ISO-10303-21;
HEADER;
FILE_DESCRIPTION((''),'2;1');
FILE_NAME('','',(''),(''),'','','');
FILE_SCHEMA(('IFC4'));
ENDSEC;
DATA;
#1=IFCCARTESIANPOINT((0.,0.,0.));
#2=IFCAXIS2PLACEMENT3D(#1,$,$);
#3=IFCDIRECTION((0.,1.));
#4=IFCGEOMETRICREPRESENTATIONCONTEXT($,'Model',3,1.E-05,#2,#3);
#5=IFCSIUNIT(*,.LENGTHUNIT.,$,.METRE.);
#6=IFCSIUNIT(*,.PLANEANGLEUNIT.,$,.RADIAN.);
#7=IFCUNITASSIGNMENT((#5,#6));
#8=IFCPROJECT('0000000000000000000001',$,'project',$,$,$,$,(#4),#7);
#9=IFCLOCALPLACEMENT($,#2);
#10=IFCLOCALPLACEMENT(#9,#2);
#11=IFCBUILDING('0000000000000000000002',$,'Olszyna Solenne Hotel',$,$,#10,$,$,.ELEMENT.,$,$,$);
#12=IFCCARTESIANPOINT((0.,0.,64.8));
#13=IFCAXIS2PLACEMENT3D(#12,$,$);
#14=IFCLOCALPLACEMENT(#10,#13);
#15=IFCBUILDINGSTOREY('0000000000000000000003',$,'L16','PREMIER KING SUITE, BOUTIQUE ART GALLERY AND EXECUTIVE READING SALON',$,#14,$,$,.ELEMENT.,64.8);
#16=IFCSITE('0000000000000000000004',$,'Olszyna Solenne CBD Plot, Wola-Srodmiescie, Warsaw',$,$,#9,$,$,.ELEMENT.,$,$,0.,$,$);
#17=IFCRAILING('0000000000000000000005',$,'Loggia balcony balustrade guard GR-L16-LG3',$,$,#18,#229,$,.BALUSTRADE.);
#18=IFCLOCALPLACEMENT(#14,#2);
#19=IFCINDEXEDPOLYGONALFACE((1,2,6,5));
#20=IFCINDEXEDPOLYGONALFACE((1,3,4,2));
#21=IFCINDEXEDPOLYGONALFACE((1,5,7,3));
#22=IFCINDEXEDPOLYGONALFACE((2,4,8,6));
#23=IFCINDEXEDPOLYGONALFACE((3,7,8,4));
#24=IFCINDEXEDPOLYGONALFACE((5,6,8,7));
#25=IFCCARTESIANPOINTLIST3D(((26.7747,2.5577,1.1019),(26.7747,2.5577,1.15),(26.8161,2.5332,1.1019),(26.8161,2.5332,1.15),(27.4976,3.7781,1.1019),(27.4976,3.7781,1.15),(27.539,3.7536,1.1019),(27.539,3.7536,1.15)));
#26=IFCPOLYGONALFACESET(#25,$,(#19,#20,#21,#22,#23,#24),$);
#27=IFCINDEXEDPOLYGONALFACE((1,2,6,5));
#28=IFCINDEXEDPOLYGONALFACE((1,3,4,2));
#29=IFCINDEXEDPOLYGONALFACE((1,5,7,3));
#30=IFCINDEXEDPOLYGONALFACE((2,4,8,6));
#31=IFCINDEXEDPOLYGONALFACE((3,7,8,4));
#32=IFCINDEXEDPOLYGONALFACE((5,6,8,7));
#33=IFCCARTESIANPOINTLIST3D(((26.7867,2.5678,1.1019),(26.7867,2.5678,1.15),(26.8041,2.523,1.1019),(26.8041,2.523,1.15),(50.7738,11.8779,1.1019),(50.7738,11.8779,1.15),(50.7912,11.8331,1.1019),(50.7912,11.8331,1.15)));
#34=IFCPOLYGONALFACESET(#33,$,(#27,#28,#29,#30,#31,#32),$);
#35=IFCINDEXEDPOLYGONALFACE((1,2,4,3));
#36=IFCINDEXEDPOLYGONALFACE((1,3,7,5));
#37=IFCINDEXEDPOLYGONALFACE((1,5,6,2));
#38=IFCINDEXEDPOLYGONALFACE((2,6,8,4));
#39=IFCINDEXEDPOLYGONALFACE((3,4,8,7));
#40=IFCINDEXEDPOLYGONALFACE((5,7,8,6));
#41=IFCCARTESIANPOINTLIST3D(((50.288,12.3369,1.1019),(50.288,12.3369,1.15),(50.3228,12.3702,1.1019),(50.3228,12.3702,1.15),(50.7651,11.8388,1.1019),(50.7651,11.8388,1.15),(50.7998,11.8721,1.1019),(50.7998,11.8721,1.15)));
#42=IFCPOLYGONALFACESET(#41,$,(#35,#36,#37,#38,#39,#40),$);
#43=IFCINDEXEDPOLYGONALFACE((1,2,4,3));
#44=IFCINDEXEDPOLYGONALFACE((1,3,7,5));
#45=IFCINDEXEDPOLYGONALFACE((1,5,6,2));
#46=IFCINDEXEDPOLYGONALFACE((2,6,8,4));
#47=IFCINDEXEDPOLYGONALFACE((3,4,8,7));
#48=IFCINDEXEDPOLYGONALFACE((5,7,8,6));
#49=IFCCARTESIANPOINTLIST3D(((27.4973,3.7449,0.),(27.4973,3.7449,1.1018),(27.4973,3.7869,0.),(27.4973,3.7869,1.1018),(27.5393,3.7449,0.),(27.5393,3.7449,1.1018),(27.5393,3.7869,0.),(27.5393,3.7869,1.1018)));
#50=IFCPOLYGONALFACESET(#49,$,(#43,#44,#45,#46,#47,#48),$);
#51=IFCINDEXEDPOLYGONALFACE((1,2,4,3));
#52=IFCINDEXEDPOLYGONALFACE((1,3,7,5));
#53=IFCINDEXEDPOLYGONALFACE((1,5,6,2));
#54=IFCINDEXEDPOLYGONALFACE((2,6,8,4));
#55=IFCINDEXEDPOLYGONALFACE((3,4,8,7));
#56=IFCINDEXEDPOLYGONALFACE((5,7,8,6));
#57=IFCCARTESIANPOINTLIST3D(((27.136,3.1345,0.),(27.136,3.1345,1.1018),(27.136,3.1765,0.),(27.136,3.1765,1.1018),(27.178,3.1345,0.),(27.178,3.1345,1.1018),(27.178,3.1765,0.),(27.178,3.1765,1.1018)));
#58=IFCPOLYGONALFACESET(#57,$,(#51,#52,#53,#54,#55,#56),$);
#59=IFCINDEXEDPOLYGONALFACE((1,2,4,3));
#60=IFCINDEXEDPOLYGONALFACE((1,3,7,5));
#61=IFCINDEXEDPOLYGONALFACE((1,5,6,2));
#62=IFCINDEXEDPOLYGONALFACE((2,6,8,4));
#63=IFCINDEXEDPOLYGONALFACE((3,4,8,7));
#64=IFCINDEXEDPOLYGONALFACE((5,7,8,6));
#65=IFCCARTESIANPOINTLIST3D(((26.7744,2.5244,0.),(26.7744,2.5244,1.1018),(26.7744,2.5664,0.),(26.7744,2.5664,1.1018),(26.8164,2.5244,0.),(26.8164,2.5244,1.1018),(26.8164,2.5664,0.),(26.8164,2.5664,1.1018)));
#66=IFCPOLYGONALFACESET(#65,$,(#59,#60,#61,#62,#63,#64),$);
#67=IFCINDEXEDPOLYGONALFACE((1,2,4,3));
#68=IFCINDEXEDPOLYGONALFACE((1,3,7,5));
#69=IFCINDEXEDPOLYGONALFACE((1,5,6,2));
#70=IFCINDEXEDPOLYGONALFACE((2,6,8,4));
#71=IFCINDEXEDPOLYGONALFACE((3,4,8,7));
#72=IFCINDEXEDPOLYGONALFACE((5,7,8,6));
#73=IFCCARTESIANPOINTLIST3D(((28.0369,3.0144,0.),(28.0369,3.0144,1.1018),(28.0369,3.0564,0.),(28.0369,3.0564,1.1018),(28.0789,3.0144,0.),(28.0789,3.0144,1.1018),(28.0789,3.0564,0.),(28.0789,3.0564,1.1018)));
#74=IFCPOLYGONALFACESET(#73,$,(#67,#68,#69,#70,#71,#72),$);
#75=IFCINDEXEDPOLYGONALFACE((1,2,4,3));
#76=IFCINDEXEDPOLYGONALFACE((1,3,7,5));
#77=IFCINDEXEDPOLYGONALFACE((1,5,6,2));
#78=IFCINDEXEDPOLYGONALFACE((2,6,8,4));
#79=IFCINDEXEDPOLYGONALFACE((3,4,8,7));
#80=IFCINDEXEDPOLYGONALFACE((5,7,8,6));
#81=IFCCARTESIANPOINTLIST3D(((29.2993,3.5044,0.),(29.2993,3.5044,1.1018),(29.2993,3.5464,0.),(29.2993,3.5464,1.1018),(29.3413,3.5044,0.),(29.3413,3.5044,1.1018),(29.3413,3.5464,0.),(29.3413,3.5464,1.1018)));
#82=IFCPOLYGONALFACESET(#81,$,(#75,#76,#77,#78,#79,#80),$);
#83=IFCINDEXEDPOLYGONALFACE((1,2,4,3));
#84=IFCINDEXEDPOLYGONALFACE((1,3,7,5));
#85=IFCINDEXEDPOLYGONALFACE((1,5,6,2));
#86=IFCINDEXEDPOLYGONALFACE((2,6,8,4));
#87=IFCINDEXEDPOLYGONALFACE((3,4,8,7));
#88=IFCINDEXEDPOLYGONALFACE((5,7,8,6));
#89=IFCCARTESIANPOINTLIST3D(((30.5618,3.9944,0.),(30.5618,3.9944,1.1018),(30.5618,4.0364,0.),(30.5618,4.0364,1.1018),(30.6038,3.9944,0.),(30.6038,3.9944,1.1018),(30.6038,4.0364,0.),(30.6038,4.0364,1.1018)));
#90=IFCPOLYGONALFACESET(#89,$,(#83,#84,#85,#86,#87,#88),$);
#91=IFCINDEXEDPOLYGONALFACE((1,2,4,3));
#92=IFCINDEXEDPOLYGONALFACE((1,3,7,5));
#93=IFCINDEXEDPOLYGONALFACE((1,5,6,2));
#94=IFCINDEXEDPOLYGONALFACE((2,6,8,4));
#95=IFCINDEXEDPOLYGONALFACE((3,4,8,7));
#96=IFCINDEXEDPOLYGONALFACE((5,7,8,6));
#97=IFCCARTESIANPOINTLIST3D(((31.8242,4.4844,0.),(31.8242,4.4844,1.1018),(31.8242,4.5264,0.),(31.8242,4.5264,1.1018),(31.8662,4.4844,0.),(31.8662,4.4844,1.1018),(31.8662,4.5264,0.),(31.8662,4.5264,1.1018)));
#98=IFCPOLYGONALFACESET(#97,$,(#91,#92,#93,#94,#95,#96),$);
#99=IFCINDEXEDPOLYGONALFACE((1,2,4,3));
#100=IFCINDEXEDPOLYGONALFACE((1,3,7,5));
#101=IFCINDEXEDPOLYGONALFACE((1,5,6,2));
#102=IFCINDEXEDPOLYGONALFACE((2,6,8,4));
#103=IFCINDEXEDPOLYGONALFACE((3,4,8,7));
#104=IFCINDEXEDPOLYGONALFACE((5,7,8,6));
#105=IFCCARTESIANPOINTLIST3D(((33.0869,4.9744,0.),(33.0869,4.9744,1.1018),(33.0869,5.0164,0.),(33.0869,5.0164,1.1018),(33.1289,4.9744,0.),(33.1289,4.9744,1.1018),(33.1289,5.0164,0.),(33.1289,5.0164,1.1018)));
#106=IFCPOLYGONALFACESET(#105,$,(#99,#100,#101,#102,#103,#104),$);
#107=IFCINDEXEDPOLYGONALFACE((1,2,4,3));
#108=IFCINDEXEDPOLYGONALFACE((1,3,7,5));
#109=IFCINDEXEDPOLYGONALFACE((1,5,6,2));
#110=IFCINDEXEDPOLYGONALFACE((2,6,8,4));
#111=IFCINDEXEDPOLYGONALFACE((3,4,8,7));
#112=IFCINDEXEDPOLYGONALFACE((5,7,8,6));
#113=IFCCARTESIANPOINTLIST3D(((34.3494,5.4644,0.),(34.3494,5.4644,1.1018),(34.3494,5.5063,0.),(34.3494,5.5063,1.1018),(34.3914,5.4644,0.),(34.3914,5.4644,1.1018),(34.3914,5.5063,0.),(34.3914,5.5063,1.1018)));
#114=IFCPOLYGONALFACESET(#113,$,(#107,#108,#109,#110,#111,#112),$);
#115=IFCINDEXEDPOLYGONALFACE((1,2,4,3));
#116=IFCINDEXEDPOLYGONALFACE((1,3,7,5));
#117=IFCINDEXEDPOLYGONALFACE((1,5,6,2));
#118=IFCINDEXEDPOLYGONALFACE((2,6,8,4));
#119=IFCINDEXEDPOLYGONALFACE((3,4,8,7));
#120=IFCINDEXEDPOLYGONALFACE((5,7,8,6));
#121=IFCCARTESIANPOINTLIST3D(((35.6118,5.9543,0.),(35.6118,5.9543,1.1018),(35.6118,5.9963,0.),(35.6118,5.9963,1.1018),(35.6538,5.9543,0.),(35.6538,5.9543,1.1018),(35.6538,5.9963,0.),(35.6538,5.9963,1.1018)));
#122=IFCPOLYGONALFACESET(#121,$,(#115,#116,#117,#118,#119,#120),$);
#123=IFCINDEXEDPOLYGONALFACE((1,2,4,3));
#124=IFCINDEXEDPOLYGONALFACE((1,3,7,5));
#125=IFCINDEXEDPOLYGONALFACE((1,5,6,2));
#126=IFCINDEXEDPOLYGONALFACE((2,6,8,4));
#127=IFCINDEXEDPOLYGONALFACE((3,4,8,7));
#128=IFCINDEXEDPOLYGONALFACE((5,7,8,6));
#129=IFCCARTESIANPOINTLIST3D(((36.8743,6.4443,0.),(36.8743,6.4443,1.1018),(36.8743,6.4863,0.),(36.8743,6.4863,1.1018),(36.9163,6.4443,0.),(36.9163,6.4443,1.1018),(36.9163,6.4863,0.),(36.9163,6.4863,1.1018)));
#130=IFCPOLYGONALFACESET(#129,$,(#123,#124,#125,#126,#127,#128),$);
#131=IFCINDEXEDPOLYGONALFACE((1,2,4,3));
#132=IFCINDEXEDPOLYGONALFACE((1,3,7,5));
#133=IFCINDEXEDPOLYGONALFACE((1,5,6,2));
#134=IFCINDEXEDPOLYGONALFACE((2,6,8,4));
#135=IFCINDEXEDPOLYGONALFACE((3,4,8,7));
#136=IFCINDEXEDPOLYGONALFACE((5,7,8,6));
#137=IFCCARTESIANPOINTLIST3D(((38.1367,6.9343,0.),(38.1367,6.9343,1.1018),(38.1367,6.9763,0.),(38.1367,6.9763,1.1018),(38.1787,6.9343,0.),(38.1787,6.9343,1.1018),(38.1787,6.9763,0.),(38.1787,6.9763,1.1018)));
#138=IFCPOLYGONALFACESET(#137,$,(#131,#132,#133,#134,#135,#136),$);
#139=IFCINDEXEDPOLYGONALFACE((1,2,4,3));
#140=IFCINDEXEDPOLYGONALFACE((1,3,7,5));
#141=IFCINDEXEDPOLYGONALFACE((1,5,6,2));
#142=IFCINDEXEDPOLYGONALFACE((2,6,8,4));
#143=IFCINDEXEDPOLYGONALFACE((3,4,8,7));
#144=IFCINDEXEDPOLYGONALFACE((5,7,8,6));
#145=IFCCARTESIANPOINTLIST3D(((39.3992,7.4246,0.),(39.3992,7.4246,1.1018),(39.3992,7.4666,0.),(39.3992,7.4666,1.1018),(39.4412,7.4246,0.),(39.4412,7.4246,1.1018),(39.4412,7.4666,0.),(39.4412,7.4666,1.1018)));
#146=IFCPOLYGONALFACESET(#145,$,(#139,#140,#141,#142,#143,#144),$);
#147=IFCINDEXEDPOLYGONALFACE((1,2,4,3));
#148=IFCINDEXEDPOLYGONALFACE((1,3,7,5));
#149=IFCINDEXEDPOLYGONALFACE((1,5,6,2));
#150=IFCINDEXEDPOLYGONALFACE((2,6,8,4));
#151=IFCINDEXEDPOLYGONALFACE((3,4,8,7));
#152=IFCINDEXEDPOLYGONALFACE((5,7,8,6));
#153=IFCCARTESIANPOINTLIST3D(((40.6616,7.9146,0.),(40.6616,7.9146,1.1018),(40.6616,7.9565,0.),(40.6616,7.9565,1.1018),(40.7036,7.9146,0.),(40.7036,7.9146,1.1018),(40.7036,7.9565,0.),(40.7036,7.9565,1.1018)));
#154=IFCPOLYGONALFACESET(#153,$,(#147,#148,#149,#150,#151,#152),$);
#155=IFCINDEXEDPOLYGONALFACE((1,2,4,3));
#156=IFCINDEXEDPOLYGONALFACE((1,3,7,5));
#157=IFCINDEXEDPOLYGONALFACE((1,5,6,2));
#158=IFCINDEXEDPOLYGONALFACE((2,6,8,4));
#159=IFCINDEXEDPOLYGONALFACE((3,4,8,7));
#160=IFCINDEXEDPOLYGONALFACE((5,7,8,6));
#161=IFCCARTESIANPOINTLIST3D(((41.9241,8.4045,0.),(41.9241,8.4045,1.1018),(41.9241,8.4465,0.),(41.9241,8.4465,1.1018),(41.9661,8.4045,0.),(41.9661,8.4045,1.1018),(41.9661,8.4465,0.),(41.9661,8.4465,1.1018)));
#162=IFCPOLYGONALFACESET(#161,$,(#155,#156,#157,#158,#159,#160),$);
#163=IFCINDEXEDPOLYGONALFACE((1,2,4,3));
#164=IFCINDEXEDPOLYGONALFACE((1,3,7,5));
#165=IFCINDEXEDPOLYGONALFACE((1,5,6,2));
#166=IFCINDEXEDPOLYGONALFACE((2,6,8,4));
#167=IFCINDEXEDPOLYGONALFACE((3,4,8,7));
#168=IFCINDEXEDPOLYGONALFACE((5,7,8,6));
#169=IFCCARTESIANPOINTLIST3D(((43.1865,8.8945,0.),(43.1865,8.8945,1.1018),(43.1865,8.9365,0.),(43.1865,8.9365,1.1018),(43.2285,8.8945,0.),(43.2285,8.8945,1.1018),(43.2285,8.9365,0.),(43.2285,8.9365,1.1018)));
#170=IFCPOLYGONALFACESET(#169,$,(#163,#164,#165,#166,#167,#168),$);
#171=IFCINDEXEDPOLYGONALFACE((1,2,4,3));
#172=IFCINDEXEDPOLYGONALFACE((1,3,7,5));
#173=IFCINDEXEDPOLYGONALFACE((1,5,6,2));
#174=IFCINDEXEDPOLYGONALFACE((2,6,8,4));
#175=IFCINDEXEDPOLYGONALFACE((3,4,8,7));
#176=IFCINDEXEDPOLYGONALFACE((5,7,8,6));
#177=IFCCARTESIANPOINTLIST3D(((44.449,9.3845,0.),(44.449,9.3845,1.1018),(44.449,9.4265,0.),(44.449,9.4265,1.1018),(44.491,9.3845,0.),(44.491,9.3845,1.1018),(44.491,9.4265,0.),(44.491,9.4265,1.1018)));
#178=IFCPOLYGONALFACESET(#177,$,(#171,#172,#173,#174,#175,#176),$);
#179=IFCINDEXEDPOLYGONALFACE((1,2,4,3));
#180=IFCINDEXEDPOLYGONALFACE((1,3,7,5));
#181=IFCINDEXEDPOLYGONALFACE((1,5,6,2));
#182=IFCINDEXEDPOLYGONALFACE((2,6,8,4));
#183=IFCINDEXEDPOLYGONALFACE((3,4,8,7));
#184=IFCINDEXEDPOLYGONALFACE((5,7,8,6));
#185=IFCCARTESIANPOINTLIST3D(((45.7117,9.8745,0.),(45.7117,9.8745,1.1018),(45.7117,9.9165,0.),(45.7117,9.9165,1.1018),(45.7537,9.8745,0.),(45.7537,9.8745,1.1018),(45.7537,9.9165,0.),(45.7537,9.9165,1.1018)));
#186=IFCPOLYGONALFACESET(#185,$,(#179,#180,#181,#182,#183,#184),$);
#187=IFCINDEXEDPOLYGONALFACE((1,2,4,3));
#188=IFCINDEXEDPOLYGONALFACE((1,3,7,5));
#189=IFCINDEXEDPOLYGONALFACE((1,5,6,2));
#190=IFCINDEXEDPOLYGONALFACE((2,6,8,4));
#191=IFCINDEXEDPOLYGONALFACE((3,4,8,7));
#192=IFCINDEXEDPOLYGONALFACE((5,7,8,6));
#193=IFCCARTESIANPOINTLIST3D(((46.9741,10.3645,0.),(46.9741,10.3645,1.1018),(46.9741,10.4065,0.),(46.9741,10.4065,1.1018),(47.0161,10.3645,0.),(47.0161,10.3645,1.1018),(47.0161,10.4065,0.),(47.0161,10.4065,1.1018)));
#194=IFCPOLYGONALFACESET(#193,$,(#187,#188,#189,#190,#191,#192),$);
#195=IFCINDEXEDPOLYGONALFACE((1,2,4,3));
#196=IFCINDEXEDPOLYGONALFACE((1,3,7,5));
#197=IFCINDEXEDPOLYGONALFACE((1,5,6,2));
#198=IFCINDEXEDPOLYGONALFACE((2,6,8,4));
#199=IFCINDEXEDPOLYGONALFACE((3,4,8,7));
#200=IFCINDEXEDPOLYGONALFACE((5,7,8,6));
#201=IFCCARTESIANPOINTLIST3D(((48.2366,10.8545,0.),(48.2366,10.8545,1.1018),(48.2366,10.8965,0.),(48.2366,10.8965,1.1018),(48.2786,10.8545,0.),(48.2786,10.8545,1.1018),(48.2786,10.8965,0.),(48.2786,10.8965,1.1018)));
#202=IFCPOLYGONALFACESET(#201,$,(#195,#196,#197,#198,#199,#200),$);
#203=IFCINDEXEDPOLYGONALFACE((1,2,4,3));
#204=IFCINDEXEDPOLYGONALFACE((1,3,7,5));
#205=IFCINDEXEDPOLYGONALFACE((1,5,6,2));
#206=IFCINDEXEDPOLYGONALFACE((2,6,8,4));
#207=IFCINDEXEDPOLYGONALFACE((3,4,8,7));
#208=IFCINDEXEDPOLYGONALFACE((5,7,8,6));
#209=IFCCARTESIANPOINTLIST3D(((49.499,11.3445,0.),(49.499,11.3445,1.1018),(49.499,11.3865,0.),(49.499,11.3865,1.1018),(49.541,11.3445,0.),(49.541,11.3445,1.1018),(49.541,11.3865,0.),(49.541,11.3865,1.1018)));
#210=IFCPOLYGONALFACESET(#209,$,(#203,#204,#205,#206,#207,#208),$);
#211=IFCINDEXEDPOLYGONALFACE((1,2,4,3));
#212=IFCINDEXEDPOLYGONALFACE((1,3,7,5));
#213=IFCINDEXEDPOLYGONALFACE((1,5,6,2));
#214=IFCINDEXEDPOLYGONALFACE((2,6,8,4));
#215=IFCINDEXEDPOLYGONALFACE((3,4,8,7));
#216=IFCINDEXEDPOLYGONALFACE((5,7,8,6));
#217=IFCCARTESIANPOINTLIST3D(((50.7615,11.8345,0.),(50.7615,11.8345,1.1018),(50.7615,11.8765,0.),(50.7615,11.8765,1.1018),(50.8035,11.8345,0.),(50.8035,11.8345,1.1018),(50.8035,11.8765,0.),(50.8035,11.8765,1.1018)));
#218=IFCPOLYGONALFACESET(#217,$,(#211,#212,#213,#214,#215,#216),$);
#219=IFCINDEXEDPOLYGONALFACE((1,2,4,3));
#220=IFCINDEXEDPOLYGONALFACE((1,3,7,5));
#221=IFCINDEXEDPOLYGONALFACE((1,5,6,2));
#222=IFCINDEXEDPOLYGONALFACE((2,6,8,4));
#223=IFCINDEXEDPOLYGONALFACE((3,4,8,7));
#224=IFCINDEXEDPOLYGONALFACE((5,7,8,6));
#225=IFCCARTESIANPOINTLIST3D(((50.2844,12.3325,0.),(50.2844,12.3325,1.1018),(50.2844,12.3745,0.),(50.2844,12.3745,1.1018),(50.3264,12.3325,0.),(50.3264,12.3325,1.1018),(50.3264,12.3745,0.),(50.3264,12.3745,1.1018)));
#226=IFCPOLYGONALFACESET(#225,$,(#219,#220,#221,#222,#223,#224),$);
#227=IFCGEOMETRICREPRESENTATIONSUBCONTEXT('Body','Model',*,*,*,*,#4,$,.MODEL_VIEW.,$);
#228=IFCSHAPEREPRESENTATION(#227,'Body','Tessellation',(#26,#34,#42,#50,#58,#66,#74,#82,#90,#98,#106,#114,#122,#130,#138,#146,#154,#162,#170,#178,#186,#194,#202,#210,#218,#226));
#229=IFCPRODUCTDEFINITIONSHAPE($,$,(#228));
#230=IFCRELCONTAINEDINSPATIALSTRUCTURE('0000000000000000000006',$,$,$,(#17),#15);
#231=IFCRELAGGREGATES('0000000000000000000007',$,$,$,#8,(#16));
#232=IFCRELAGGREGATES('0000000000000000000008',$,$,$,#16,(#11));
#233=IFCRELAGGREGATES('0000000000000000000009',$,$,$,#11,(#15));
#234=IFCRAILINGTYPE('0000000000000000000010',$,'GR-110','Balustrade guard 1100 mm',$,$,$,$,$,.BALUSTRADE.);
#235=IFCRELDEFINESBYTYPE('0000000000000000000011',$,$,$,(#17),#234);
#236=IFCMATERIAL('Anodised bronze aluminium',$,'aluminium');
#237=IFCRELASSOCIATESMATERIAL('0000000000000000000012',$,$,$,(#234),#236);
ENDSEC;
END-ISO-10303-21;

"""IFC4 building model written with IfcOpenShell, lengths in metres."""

from ifc_helpers import new_model, si_unit, direction, frame, origin, origin_2d, place, context, subcontext, project, spatial, rectangle, extrude, material, type_object, element, save


model = new_model("IFC4")

# Units and contexts
model_context = context("Model", 3, precision=1e-05, world=origin(), true_north=direction((0.0, 1.0)))
body_context = subcontext(model_context, "Body", "Model", "MODEL_VIEW")
ifc_project = project(units=[si_unit("LENGTHUNIT", "METRE"), si_unit("PLANEANGLEUNIT", "RADIAN")], contexts=[model_context])

# Site, building, storey
site_placement = place(None, origin())
site = spatial("IfcSite", under=ifc_project, at=site_placement, Name="Olszyna Solenne CBD Plot, Wola-Srodmiescie, Warsaw", CompositionType="ELEMENT", RefElevation=0.0)
building_placement = place(site_placement, origin())
building = spatial("IfcBuilding", under=site, at=building_placement, Name="Olszyna Solenne Hotel", CompositionType="ELEMENT")
storey_placement = place(building_placement, frame((0.0, 0.0, 64.8)))
storey = spatial("IfcBuildingStorey", under=building, at=storey_placement, Name="L16", Description="PREMIER KING SUITE, BOUTIQUE ART GALLERY AND EXECUTIVE READING SALON", CompositionType="ELEMENT", Elevation=64.8)

# Railing
ifc_material_1 = material(Name="Anodised bronze aluminium", Category="aluminium")
railing_type = type_object("IfcRailingType", Name="GR-110", Description="Balustrade guard 1100 mm", PredefinedType="BALUSTRADE", material=ifc_material_1)
railing_placement = place(storey_placement, frame((27.5183, 3.7659, 0.0)))
element("IfcRailing", 1, at=railing_placement, inside=storey, type_object=railing_type, Name="Loggia balcony balustrade guard GR-L16-LG3", PredefinedType="BALUSTRADE", context=body_context, shape_type="SweptSolid", body=[
    extrude(rectangle(XDim=0.0481, YDim=0.0481, at=origin_2d()), frame((0.0, 0.0, 1.126), z_axis=(-0.509628, -0.860395, 0.0), x_axis=(0.860395, -0.509628, 0.0)), (0.0, 0.0, 1.0), 1.4185),
    extrude(rectangle(XDim=0.0481, YDim=0.0481, at=origin_2d()), frame((-0.7229, -1.2205, 1.126), z_axis=(0.932244, 0.36183, 0.0), x_axis=(-0.36183, 0.932244, 0.0)), (0.0, 0.0, 1.0), 25.7305),
    extrude(rectangle(XDim=0.0481, YDim=0.0481, at=origin_2d()), frame((23.2642, 8.0896, 1.126), z_axis=(-0.691721, 0.722165, 0.0), x_axis=(-0.722165, -0.691721, 0.0)), (0.0, 0.0, 1.0), 0.6897),
    extrude(rectangle(XDim=0.042, YDim=0.042, at=origin_2d()), origin(), (0.0, 0.0, 1.0), 1.1018),
    extrude(rectangle(XDim=0.042, YDim=0.042, at=origin_2d()), frame((-0.3613, -0.6104, 0.0)), (0.0, 0.0, 1.0), 1.1018),
    extrude(rectangle(XDim=0.042, YDim=0.042, at=origin_2d()), frame((-0.7229, -1.2205, 0.0)), (0.0, 0.0, 1.0), 1.1018),
    extrude(rectangle(XDim=0.042, YDim=0.042, at=origin_2d()), frame((0.5396, -0.7305, 0.0)), (0.0, 0.0, 1.0), 1.1018),
    extrude(rectangle(XDim=0.042, YDim=0.042, at=origin_2d()), frame((1.802, -0.2405, 0.0)), (0.0, 0.0, 1.0), 1.1018),
    extrude(rectangle(XDim=0.042, YDim=0.042, at=origin_2d()), frame((3.0645, 0.2495, 0.0)), (0.0, 0.0, 1.0), 1.1018),
    extrude(rectangle(XDim=0.042, YDim=0.042, at=origin_2d()), frame((4.3269, 0.7395, 0.0)), (0.0, 0.0, 1.0), 1.1018),
    extrude(rectangle(XDim=0.042, YDim=0.042, at=origin_2d()), frame((5.5896, 1.2295, 0.0)), (0.0, 0.0, 1.0), 1.1018),
    extrude(rectangle(XDim=0.042, YDim=0.042, at=origin_2d()), frame((6.8521, 1.7195, 0.0)), (0.0, 0.0, 1.0), 1.1018),
    extrude(rectangle(XDim=0.042, YDim=0.042, at=origin_2d()), frame((8.1145, 2.2095, 0.0)), (0.0, 0.0, 1.0), 1.1018),
    extrude(rectangle(XDim=0.042, YDim=0.042, at=origin_2d()), frame((9.377, 2.6995, 0.0)), (0.0, 0.0, 1.0), 1.1018),
    extrude(rectangle(XDim=0.042, YDim=0.042, at=origin_2d()), frame((10.6394, 3.1895, 0.0)), (0.0, 0.0, 1.0), 1.1018),
    extrude(rectangle(XDim=0.042, YDim=0.042, at=origin_2d()), frame((11.9019, 3.6797, 0.0)), (0.0, 0.0, 1.0), 1.1018),
    extrude(rectangle(XDim=0.042, YDim=0.042, at=origin_2d()), frame((13.1643, 4.1697, 0.0)), (0.0, 0.0, 1.0), 1.1018),
    extrude(rectangle(XDim=0.042, YDim=0.042, at=origin_2d()), frame((14.4268, 4.6597, 0.0)), (0.0, 0.0, 1.0), 1.1018),
    extrude(rectangle(XDim=0.042, YDim=0.042, at=origin_2d()), frame((15.6892, 5.1497, 0.0)), (0.0, 0.0, 1.0), 1.1018),
    extrude(rectangle(XDim=0.042, YDim=0.042, at=origin_2d()), frame((16.9517, 5.6396, 0.0)), (0.0, 0.0, 1.0), 1.1018),
    extrude(rectangle(XDim=0.042, YDim=0.042, at=origin_2d()), frame((18.2144, 6.1296, 0.0)), (0.0, 0.0, 1.0), 1.1018),
    extrude(rectangle(XDim=0.042, YDim=0.042, at=origin_2d()), frame((19.4768, 6.6196, 0.0)), (0.0, 0.0, 1.0), 1.1018),
    extrude(rectangle(XDim=0.042, YDim=0.042, at=origin_2d()), frame((20.7393, 7.1096, 0.0)), (0.0, 0.0, 1.0), 1.1018),
    extrude(rectangle(XDim=0.042, YDim=0.042, at=origin_2d()), frame((22.0017, 7.5996, 0.0)), (0.0, 0.0, 1.0), 1.1018),
    extrude(rectangle(XDim=0.042, YDim=0.042, at=origin_2d()), frame((23.2642, 8.0896, 0.0)), (0.0, 0.0, 1.0), 1.1018),
    extrude(rectangle(XDim=0.042, YDim=0.042, at=origin_2d()), frame((22.7871, 8.5876, 0.0)), (0.0, 0.0, 1.0), 1.1018),
])

save(model, "model.ifc")
